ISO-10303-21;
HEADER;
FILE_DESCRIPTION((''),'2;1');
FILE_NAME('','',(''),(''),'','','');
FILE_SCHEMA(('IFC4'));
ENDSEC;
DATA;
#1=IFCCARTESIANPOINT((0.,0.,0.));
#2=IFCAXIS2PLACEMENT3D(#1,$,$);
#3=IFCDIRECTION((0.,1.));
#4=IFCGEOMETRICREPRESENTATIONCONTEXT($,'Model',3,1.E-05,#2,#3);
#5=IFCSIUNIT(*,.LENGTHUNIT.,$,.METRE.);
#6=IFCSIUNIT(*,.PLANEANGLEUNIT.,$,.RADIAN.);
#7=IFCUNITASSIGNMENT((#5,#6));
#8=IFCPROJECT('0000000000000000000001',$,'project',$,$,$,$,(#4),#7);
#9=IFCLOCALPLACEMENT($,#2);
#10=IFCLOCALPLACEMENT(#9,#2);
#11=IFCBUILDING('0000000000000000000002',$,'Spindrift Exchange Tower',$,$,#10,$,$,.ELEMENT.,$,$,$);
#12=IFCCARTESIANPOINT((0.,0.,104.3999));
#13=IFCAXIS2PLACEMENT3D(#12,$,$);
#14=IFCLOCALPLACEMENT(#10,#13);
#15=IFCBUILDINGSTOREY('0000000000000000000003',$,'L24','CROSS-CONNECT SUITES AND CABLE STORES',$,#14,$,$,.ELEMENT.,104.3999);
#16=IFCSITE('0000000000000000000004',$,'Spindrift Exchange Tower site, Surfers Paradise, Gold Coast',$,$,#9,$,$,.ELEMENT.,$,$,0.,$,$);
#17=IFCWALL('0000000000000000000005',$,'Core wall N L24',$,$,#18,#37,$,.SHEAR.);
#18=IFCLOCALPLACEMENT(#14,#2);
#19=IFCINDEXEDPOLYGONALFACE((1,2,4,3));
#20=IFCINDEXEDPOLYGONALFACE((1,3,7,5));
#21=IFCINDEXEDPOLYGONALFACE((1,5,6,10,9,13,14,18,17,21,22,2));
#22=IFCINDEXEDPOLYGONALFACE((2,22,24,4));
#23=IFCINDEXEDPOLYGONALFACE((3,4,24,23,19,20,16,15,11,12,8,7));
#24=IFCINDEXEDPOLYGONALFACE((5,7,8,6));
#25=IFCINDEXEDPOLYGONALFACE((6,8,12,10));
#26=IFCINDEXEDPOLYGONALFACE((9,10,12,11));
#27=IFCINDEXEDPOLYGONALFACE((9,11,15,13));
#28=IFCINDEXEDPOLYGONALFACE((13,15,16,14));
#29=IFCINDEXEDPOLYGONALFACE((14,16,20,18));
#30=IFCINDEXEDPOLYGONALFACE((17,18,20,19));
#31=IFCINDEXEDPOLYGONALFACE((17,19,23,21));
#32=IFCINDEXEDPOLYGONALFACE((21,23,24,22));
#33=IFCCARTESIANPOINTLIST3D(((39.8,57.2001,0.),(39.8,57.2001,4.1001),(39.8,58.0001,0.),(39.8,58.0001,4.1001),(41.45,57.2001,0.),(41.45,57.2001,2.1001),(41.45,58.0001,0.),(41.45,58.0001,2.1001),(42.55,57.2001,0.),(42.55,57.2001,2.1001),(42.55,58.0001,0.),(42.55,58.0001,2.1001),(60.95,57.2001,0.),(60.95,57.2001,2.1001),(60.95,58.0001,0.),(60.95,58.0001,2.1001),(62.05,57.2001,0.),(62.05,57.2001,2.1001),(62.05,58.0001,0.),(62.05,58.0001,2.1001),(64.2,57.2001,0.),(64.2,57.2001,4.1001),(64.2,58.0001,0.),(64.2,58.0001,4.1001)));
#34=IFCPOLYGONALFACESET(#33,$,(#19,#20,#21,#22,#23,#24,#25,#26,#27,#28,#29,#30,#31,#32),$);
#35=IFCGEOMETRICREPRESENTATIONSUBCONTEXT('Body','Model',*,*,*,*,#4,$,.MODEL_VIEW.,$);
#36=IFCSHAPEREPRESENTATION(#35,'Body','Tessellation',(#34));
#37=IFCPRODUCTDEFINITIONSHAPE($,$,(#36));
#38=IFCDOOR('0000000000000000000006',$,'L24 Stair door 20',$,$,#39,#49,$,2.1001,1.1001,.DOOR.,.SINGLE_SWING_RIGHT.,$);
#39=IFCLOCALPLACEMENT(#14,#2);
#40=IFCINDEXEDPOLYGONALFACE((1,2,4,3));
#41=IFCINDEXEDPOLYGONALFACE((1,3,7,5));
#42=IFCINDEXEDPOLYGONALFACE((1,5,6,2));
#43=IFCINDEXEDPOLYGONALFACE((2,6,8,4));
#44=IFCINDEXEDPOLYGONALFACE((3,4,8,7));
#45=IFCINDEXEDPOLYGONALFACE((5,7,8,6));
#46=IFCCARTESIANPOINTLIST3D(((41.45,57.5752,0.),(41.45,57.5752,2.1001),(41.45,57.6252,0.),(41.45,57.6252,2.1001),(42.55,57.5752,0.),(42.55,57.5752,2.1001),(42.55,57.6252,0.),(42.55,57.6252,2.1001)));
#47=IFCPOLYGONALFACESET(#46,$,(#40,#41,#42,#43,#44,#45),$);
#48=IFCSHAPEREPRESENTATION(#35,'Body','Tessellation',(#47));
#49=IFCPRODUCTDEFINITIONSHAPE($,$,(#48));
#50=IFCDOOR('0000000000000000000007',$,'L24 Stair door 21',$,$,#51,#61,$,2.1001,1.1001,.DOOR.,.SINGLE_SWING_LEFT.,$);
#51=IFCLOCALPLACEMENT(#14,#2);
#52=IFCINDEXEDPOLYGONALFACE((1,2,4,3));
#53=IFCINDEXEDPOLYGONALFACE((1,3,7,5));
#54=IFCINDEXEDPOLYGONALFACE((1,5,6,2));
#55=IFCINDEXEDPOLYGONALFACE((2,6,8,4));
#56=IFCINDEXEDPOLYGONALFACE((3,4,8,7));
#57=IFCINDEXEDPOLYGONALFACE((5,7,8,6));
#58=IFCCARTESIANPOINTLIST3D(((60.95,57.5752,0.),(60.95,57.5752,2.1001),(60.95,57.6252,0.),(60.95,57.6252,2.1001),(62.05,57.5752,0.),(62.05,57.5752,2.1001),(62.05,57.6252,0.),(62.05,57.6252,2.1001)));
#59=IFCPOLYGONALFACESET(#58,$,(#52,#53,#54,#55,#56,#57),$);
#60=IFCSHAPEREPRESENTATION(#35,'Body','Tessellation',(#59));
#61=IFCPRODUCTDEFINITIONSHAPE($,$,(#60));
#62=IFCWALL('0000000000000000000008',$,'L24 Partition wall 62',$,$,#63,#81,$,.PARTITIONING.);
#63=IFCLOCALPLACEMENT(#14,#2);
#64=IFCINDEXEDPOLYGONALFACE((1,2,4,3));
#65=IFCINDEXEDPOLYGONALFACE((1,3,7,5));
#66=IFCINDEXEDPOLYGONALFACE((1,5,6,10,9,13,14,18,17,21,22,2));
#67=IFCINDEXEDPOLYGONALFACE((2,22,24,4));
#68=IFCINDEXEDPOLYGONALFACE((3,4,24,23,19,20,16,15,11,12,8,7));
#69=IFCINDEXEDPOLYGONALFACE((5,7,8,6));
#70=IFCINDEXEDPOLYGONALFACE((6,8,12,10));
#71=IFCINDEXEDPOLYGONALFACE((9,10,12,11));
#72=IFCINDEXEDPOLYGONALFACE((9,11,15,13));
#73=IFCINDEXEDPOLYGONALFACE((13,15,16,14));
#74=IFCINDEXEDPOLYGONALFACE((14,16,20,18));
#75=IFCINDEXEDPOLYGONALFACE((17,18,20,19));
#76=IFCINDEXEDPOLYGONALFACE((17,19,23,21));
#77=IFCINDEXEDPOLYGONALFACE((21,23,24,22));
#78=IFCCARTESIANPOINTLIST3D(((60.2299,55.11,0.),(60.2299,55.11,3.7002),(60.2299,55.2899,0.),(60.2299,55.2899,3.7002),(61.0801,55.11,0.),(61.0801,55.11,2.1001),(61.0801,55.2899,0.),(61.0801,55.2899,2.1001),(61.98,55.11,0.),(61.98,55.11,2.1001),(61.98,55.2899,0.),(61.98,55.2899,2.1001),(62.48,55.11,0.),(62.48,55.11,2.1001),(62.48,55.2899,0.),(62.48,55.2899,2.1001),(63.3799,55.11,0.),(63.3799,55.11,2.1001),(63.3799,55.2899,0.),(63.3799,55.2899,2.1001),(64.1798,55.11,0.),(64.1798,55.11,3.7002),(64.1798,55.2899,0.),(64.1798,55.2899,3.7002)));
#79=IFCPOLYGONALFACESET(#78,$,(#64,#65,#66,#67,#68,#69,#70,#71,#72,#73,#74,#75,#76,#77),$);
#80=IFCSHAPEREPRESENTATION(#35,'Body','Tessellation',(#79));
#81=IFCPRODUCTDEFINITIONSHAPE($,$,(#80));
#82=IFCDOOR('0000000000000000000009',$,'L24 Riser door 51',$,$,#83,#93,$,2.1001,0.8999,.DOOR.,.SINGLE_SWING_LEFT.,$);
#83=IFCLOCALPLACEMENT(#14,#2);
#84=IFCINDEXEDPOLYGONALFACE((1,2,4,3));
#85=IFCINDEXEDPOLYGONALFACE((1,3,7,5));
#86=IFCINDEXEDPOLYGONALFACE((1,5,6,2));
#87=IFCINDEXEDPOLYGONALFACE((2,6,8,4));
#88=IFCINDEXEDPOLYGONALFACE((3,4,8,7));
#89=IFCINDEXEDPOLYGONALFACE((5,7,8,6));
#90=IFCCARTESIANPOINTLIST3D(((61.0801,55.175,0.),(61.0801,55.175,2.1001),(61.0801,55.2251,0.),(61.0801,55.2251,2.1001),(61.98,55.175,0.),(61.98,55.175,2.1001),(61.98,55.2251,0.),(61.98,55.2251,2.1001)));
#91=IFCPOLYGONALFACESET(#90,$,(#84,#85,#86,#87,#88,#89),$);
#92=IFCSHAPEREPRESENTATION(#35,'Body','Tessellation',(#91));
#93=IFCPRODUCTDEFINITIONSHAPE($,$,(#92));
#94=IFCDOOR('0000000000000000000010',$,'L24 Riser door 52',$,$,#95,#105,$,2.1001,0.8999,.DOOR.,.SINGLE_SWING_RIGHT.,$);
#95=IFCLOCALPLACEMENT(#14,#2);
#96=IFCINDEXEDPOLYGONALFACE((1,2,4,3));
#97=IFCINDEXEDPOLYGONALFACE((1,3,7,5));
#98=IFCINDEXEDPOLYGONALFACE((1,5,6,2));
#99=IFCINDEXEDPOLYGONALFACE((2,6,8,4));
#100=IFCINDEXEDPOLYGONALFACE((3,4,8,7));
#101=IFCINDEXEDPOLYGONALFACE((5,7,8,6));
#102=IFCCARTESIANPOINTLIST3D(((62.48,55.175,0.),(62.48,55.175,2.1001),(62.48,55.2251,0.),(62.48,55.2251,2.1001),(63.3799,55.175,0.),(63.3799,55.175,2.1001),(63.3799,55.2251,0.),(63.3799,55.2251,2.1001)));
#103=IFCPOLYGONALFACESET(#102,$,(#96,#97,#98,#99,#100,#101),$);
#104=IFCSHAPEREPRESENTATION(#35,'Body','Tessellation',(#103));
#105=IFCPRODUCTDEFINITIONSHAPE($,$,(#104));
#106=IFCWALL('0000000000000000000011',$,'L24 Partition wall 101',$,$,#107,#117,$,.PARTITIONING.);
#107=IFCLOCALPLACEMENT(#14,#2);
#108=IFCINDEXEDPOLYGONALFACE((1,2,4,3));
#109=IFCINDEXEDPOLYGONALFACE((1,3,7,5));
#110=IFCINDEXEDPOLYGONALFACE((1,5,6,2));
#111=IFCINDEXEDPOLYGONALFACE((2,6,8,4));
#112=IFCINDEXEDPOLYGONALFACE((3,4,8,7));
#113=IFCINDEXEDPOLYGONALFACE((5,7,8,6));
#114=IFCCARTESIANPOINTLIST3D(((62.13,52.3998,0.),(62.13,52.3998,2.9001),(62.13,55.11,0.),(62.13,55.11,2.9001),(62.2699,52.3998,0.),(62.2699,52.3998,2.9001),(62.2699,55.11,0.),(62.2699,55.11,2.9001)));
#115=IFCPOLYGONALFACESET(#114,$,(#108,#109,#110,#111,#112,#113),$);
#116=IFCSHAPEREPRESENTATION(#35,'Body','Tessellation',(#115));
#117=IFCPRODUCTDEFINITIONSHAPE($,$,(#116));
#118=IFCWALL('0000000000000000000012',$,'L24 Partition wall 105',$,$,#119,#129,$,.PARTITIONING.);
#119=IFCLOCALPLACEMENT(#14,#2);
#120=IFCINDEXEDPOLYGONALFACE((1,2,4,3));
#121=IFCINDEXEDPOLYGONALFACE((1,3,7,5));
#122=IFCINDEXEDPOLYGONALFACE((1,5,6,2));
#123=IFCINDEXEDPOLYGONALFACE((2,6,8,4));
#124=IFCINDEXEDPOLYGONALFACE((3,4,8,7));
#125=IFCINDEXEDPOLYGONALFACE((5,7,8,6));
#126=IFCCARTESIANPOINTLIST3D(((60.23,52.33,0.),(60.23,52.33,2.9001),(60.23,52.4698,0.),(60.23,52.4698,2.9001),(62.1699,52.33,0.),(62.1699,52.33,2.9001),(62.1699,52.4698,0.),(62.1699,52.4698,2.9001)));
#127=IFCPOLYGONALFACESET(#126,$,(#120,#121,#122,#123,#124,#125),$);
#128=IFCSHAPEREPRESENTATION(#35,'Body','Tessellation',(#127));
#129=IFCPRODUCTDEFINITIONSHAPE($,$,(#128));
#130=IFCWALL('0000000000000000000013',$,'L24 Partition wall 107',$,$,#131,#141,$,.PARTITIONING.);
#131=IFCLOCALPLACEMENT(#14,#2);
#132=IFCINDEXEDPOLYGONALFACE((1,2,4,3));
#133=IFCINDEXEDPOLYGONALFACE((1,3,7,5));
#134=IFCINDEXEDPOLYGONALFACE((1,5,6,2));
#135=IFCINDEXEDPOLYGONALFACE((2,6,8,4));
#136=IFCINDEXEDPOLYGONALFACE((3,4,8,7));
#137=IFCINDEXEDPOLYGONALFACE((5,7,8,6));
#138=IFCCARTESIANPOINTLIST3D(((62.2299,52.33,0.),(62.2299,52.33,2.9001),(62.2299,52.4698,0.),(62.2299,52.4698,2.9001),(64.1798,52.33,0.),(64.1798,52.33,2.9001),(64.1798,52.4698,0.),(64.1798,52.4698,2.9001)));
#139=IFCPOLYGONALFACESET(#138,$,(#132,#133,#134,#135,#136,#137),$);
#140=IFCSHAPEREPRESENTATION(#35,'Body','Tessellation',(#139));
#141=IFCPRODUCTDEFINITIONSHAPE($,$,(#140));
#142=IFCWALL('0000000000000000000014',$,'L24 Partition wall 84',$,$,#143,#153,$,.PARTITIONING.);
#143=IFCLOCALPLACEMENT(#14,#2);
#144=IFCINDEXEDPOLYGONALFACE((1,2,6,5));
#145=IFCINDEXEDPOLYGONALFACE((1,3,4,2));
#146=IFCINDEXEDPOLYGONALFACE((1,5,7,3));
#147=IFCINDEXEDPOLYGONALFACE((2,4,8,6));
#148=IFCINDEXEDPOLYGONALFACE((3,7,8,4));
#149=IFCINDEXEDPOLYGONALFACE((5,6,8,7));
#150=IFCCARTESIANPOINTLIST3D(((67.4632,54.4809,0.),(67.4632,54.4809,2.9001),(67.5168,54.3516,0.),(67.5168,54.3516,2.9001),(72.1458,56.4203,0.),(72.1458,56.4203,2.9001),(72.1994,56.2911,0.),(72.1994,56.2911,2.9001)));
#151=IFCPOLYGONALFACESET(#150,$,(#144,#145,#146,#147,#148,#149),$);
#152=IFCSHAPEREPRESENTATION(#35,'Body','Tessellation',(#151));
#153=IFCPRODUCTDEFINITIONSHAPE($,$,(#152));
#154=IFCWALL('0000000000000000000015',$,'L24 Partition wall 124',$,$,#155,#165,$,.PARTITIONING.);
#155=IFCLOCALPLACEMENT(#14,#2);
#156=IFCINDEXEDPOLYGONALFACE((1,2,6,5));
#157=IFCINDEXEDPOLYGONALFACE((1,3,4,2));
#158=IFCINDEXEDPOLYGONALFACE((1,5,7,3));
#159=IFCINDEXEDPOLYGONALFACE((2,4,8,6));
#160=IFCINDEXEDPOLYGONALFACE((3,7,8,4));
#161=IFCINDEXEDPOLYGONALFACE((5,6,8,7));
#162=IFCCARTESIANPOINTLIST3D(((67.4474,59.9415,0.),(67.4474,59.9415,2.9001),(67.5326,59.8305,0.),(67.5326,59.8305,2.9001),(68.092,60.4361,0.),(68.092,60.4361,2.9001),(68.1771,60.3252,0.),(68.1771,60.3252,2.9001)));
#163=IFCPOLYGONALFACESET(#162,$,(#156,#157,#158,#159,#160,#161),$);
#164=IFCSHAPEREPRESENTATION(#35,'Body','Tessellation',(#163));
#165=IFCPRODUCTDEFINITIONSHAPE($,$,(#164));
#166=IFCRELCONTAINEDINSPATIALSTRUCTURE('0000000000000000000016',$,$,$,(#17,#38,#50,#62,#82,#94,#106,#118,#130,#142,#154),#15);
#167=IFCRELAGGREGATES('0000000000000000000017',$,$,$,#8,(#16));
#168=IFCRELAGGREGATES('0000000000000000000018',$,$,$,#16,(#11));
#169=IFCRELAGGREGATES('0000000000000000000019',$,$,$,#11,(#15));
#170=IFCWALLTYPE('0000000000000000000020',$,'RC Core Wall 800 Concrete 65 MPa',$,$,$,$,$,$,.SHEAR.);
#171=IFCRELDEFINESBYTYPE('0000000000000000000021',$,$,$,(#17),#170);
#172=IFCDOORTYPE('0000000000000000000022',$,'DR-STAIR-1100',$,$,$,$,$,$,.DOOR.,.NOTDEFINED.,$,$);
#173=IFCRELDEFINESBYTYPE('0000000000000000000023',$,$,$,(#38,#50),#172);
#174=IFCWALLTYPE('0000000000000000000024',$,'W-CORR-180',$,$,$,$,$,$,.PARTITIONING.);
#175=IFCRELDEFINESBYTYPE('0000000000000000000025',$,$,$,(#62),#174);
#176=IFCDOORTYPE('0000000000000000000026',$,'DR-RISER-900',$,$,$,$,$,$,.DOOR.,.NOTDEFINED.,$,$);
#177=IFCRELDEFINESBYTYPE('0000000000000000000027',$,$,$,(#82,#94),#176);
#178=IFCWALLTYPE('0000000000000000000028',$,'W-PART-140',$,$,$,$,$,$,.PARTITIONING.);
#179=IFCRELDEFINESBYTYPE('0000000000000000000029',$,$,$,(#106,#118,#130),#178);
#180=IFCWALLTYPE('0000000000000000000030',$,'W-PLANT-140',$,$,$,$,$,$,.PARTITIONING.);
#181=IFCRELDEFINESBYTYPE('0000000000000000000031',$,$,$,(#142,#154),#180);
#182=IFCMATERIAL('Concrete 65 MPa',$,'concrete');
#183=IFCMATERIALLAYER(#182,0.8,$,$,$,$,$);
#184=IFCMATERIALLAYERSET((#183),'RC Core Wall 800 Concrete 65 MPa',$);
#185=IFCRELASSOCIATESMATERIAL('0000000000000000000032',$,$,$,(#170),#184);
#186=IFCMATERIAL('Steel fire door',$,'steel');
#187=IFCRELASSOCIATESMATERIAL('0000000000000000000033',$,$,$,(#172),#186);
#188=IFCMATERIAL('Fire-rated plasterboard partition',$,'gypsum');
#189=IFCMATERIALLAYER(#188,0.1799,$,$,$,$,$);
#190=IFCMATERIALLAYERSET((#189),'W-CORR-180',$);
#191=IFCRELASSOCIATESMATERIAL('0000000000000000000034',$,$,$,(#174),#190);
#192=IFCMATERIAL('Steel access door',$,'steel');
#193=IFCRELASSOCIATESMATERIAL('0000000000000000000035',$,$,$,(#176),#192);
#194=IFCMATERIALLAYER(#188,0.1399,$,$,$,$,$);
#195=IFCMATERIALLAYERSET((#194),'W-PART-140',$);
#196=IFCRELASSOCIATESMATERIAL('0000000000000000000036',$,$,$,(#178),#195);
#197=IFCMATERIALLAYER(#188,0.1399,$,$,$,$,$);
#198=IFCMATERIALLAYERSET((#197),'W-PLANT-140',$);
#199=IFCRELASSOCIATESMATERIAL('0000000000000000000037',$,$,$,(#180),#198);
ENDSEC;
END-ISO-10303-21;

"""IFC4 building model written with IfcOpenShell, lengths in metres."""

from ifc_helpers import new_model, si_unit, direction, frame, frame_2d, origin, place, context, subcontext, project, spatial, rectangle, extrude, source, transform, mapped, material, layer, layer_set, type_object, element, fill, save


model = new_model("IFC4")

# Units and contexts
model_context = context("Model", 3, precision=1e-05, world=origin(), true_north=direction((0.0, 1.0)))
body_context = subcontext(model_context, "Body", "Model", "MODEL_VIEW")
ifc_project = project(units=[si_unit("LENGTHUNIT", "METRE"), si_unit("PLANEANGLEUNIT", "RADIAN")], contexts=[model_context])

# Site, building, storey
site_placement = place(None, origin())
site = spatial("IfcSite", under=ifc_project, at=site_placement, Name="Spindrift Exchange Tower site, Surfers Paradise, Gold Coast", CompositionType="ELEMENT", RefElevation=0.0)
building_placement = place(site_placement, origin())
building = spatial("IfcBuilding", under=site, at=building_placement, Name="Spindrift Exchange Tower", CompositionType="ELEMENT")
storey_placement = place(building_placement, frame((0.0, 0.0, 104.3999)))
storey = spatial("IfcBuildingStorey", under=building, at=storey_placement, Name="L24", Description="CROSS-CONNECT SUITES AND CABLE STORES", CompositionType="ELEMENT", Elevation=104.3999)

# Walls, openings, doors
ifc_material_1 = material(Name="Concrete 65 MPa", Category="concrete")
ifc_layer_1 = layer(ifc_material_1, 0.8)
ifc_layer_set_1 = layer_set([ifc_layer_1], Name="RC Core Wall 800 Concrete 65 MPa")
wall_type_1 = type_object("IfcWallType", Name="RC Core Wall 800 Concrete 65 MPa", PredefinedType="SHEAR", material=ifc_layer_set_1)
wall_1_placement = place(storey_placement, frame((64.2, 57.6001, 0.0), z_axis=(0.0, 0.0, 1.0), x_axis=(-1.0, 0.0, 0.0)))
wall_1 = element("IfcWall", 1, at=wall_1_placement, inside=storey, type_object=wall_type_1, Name="Core wall N L24", PredefinedType="SHEAR", context=body_context, shape_type="SweptSolid", body=[
    extrude(rectangle(XDim=24.3999, YDim=0.8, at=frame_2d((12.2, 0.0))), origin(), (0.0, 0.0, 1.0), 4.1001),
])
opening_1_placement = place(wall_1_placement, frame((21.6499, 0.0, 0.0)))
opening_1 = element("IfcOpeningElement", 2, at=opening_1_placement, cuts=wall_1, PredefinedType="OPENING", context=body_context, shape_type="SweptSolid", body=[
    extrude(rectangle(XDim=1.1001, YDim=2.1001, at=frame_2d((0.55, 1.05))), frame((0.0, 0.4099, 0.0), z_axis=(0.0, -1.0, 0.0), x_axis=(1.0, 0.0, 0.0)), (0.0, 0.0, 1.0), 0.8201),
])
opening_2_placement = place(wall_1_placement, frame((2.1499, 0.0, 0.0)))
opening_2 = element("IfcOpeningElement", 3, at=opening_2_placement, cuts=wall_1, PredefinedType="OPENING", context=body_context, shape_type="SweptSolid", body=[
    extrude(rectangle(XDim=1.1001, YDim=2.1001, at=frame_2d((0.55, 1.05))), frame((0.0, 0.4099, 0.0), z_axis=(0.0, -1.0, 0.0), x_axis=(1.0, 0.0, 0.0)), (0.0, 0.0, 1.0), 0.8201),
])
ifc_material_2 = material(Name="Steel fire door", Category="steel")
door_type_1 = type_object("IfcDoorType", Name="DR-STAIR-1100", OperationType="NOTDEFINED", PredefinedType="DOOR", material=ifc_material_2)
shared_shape_1 = source(origin(), body_context, "Body", "SweptSolid", [
    extrude(rectangle(XDim=1.1001, YDim=2.1001, at=frame_2d((0.55, 1.05))), frame((0.0, 0.0249, 0.0), z_axis=(0.0, -1.0, 0.0), x_axis=(1.0, 0.0, 0.0)), (0.0, 0.0, 1.0), 0.05),
])
door_1_placement = place(opening_1_placement, origin())
door_1 = element("IfcDoor", 4, at=door_1_placement, inside=storey, type_object=door_type_1, Name="L24 Stair door 20", OperationType="SINGLE_SWING_RIGHT", OverallHeight=2.1001, OverallWidth=1.1001, PredefinedType="DOOR", context=body_context, shape_type="MappedRepresentation", body=[
    mapped(shared_shape_1, transform((0.0, 0.0, 0.0), scale=1.0)),
])
fill(opening_1, door_1)
door_2_placement = place(opening_2_placement, origin())
door_2 = element("IfcDoor", 5, at=door_2_placement, inside=storey, type_object=door_type_1, Name="L24 Stair door 21", OperationType="SINGLE_SWING_LEFT", OverallHeight=2.1001, OverallWidth=1.1001, PredefinedType="DOOR", context=body_context, shape_type="MappedRepresentation", body=[
    mapped(shared_shape_1, transform((0.0, 0.0, 0.0), scale=1.0)),
])
fill(opening_2, door_2)
ifc_material_3 = material(Name="Fire-rated plasterboard partition", Category="gypsum")
ifc_layer_2 = layer(ifc_material_3, 0.1799)
ifc_layer_set_2 = layer_set([ifc_layer_2], Name="W-CORR-180")
wall_type_2 = type_object("IfcWallType", Name="W-CORR-180", PredefinedType="PARTITIONING", material=ifc_layer_set_2)
wall_2_placement = place(storey_placement, frame((64.1799, 55.2, 0.0), z_axis=(0.0, 0.0, 1.0), x_axis=(-1.0, 0.0, 0.0)))
wall_2 = element("IfcWall", 6, at=wall_2_placement, inside=storey, type_object=wall_type_2, Name="L24 Partition wall 62", PredefinedType="PARTITIONING", context=body_context, shape_type="SweptSolid", body=[
    extrude(rectangle(XDim=3.95, YDim=0.1799, at=frame_2d((1.9751, 0.0))), origin(), (0.0, 0.0, 1.0), 3.7002),
])
opening_3_placement = place(wall_2_placement, frame((2.2, 0.0, 0.0)))
opening_3 = element("IfcOpeningElement", 7, at=opening_3_placement, cuts=wall_2, PredefinedType="OPENING", context=body_context, shape_type="SweptSolid", body=[
    extrude(rectangle(XDim=0.8999, YDim=2.1001, at=frame_2d((0.45, 1.05))), frame((0.0, 0.0999, 0.0), z_axis=(0.0, -1.0, 0.0), x_axis=(1.0, 0.0, 0.0)), (0.0, 0.0, 1.0), 0.2),
])
opening_4_placement = place(wall_2_placement, frame((0.8, 0.0, 0.0)))
opening_4 = element("IfcOpeningElement", 8, at=opening_4_placement, cuts=wall_2, PredefinedType="OPENING", context=body_context, shape_type="SweptSolid", body=[
    extrude(rectangle(XDim=0.8999, YDim=2.1001, at=frame_2d((0.45, 1.05))), frame((0.0, 0.0999, 0.0), z_axis=(0.0, -1.0, 0.0), x_axis=(1.0, 0.0, 0.0)), (0.0, 0.0, 1.0), 0.2),
])
ifc_material_4 = material(Name="Steel access door", Category="steel")
door_type_2 = type_object("IfcDoorType", Name="DR-RISER-900", OperationType="NOTDEFINED", PredefinedType="DOOR", material=ifc_material_4)
shared_shape_2 = source(origin(), body_context, "Body", "SweptSolid", [
    extrude(rectangle(XDim=0.8999, YDim=2.1001, at=frame_2d((0.45, 1.05))), frame((0.0, 0.0249, 0.0), z_axis=(0.0, -1.0, 0.0), x_axis=(1.0, 0.0, 0.0)), (0.0, 0.0, 1.0), 0.05),
])
door_3_placement = place(opening_3_placement, origin())
door_3 = element("IfcDoor", 9, at=door_3_placement, inside=storey, type_object=door_type_2, Name="L24 Riser door 51", OperationType="SINGLE_SWING_LEFT", OverallHeight=2.1001, OverallWidth=0.8999, PredefinedType="DOOR", context=body_context, shape_type="MappedRepresentation", body=[
    mapped(shared_shape_2, transform((0.0, 0.0, 0.0), scale=1.0)),
])
fill(opening_3, door_3)
door_4_placement = place(opening_4_placement, origin())
door_4 = element("IfcDoor", 10, at=door_4_placement, inside=storey, type_object=door_type_2, Name="L24 Riser door 52", OperationType="SINGLE_SWING_RIGHT", OverallHeight=2.1001, OverallWidth=0.8999, PredefinedType="DOOR", context=body_context, shape_type="MappedRepresentation", body=[
    mapped(shared_shape_2, transform((0.0, 0.0, 0.0), scale=1.0)),
])
fill(opening_4, door_4)

# Walls
ifc_layer_3 = layer(ifc_material_3, 0.1399)
ifc_layer_set_3 = layer_set([ifc_layer_3], Name="W-PART-140")
wall_type_3 = type_object("IfcWallType", Name="W-PART-140", PredefinedType="PARTITIONING", material=ifc_layer_set_3)
wall_3_placement = place(storey_placement, frame((62.2, 52.3999, 0.0), z_axis=(0.0, 0.0, 1.0), x_axis=(0.0, 1.0, 0.0)))
element("IfcWall", 11, at=wall_3_placement, inside=storey, type_object=wall_type_3, Name="L24 Partition wall 101", PredefinedType="PARTITIONING", context=body_context, shape_type="SweptSolid", body=[
    extrude(rectangle(XDim=2.7102, YDim=0.1399, at=frame_2d((1.355, 0.0))), origin(), (0.0, 0.0, 1.0), 2.9001),
])
wall_4_placement = place(storey_placement, frame((62.1699, 52.3999, 0.0), z_axis=(0.0, 0.0, 1.0), x_axis=(-1.0, 0.0, 0.0)))
element("IfcWall", 12, at=wall_4_placement, inside=storey, type_object=wall_type_3, Name="L24 Partition wall 105", PredefinedType="PARTITIONING", context=body_context, shape_type="SweptSolid", body=[
    extrude(rectangle(XDim=1.9399, YDim=0.1399, at=frame_2d((0.97, 0.0))), origin(), (0.0, 0.0, 1.0), 2.9001),
])
wall_5_placement = place(storey_placement, frame((64.1799, 52.3999, 0.0), z_axis=(0.0, 0.0, 1.0), x_axis=(-1.0, 0.0, 0.0)))
element("IfcWall", 13, at=wall_5_placement, inside=storey, type_object=wall_type_3, Name="L24 Partition wall 107", PredefinedType="PARTITIONING", context=body_context, shape_type="SweptSolid", body=[
    extrude(rectangle(XDim=1.95, YDim=0.1399, at=frame_2d((0.9751, 0.0))), origin(), (0.0, 0.0, 1.0), 2.9001),
])
ifc_layer_4 = layer(ifc_material_3, 0.1399)
ifc_layer_set_4 = layer_set([ifc_layer_4], Name="W-PLANT-140")
wall_type_4 = type_object("IfcWallType", Name="W-PLANT-140", PredefinedType="PARTITIONING", material=ifc_layer_set_4)
wall_6_placement = place(storey_placement, frame((67.49, 54.4163, 0.0), z_axis=(0.0, 0.0, 1.0), x_axis=(0.92389, 0.382658, 0.0)))
element("IfcWall", 14, at=wall_6_placement, inside=storey, type_object=wall_type_4, Name="L24 Partition wall 84", PredefinedType="PARTITIONING", context=body_context, shape_type="SweptSolid", body=[
    extrude(rectangle(XDim=5.0684, YDim=0.1399, at=frame_2d((2.5342, 0.0))), origin(), (0.0, 0.0, 1.0), 2.9001),
])
wall_7_placement = place(storey_placement, frame((67.49, 59.886, 0.0), z_axis=(0.0, 0.0, 1.0), x_axis=(0.793316, 0.60881, 0.0)))
element("IfcWall", 15, at=wall_7_placement, inside=storey, type_object=wall_type_4, Name="L24 Partition wall 124", PredefinedType="PARTITIONING", context=body_context, shape_type="SweptSolid", body=[
    extrude(rectangle(XDim=0.8125, YDim=0.1399, at=frame_2d((0.4062, 0.0))), origin(), (0.0, 0.0, 1.0), 2.9001),
])

save(model, "model.ifc")
